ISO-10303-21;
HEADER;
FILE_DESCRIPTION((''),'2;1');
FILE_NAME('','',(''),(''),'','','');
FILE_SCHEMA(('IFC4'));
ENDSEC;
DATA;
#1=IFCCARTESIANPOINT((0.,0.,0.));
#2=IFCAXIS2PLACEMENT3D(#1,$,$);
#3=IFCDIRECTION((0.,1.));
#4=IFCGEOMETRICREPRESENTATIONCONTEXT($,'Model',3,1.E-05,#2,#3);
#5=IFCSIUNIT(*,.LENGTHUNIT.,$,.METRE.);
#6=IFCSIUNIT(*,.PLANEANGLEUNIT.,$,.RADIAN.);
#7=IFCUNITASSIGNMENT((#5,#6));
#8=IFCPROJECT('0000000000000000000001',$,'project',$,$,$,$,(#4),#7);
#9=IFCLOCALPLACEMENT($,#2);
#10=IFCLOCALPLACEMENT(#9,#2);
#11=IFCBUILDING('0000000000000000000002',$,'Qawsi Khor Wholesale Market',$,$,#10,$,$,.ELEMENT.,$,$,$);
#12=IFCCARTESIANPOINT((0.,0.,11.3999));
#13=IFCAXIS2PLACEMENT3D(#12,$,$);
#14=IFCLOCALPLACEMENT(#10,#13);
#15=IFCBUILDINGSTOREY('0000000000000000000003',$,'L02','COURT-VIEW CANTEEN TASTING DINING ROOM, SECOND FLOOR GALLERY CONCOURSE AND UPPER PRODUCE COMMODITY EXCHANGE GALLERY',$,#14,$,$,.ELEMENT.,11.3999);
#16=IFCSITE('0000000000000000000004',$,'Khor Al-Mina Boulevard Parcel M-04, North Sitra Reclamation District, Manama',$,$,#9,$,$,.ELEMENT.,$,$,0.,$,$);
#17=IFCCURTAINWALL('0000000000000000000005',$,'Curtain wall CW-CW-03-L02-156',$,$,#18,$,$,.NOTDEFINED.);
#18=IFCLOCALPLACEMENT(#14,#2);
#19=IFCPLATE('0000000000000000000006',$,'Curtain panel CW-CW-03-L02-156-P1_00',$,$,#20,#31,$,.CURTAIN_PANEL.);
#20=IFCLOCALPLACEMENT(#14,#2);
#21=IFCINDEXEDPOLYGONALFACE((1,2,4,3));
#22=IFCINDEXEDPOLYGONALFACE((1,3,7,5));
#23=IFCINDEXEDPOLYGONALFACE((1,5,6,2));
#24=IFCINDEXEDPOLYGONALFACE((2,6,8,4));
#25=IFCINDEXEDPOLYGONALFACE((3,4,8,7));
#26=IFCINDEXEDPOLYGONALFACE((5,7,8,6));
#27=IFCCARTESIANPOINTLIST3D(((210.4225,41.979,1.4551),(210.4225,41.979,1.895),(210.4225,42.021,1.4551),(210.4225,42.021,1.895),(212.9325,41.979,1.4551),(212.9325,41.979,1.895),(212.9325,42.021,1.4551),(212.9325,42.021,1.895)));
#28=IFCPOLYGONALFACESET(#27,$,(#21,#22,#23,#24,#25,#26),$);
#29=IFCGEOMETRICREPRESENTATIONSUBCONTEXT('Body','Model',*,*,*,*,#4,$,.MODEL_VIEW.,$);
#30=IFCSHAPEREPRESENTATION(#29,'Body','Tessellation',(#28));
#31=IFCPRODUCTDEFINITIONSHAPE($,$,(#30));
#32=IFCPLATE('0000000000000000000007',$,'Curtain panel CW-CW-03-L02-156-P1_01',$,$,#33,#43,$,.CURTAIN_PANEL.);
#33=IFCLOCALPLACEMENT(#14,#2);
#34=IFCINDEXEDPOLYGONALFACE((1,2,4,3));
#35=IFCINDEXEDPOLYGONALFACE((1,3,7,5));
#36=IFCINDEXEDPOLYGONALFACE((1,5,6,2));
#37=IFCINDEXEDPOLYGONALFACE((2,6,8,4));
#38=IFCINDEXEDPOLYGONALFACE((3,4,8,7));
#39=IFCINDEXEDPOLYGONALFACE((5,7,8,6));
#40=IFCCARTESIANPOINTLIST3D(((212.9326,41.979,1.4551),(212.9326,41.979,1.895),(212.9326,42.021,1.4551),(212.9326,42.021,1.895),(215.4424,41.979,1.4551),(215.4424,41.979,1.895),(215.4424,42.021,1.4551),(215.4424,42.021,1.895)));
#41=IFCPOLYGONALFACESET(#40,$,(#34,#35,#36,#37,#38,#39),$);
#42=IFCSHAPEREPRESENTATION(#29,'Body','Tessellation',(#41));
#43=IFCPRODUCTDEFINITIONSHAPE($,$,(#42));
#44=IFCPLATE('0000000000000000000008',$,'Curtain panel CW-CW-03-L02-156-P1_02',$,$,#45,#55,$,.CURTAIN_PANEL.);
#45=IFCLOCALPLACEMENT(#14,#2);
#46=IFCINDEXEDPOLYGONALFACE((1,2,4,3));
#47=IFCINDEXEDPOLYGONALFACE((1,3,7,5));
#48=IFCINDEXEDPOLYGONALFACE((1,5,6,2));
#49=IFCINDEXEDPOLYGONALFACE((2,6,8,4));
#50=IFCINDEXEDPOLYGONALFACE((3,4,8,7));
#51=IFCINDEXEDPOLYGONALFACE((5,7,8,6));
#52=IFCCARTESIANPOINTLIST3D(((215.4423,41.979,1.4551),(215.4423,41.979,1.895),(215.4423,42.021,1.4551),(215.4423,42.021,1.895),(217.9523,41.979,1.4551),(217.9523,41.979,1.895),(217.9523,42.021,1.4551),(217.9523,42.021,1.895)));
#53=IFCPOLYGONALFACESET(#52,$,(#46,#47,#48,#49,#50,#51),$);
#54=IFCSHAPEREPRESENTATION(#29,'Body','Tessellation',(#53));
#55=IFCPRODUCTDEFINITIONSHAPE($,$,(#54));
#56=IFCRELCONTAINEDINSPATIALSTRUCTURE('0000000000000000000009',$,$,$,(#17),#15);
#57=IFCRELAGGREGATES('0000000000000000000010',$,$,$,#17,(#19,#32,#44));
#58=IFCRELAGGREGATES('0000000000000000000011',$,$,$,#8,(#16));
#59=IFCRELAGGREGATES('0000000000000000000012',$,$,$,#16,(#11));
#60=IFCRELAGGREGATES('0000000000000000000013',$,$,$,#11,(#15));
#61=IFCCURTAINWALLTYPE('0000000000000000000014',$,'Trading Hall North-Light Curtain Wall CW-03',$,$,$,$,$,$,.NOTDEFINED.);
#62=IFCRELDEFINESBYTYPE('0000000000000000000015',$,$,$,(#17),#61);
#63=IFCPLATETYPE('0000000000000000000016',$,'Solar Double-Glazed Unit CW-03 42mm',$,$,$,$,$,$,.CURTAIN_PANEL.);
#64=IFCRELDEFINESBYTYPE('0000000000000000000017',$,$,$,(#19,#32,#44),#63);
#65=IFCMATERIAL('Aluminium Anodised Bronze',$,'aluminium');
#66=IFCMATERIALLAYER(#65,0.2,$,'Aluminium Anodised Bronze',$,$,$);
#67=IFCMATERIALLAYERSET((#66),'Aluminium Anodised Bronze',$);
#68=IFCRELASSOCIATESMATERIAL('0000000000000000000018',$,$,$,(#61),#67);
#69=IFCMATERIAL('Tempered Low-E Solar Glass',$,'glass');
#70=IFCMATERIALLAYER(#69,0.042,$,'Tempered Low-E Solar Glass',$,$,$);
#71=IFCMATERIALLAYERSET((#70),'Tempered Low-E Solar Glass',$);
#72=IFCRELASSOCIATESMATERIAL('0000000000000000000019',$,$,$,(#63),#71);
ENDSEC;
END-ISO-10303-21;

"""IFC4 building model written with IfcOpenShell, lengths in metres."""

from ifc_helpers import new_model, si_unit, direction, frame, frame_2d, origin, place, context, subcontext, project, spatial, rectangle, extrude, material, layer, layer_set, type_object, element, aggregate, save


model = new_model("IFC4")

# Units and contexts
model_context = context("Model", 3, precision=1e-05, world=origin(), true_north=direction((0.0, 1.0)))
body_context = subcontext(model_context, "Body", "Model", "MODEL_VIEW")
ifc_project = project(units=[si_unit("LENGTHUNIT", "METRE"), si_unit("PLANEANGLEUNIT", "RADIAN")], contexts=[model_context])

# Site, building, storey
site_placement = place(None, origin())
site = spatial("IfcSite", under=ifc_project, at=site_placement, Name="Khor Al-Mina Boulevard Parcel M-04, North Sitra Reclamation District, Manama", CompositionType="ELEMENT", RefElevation=0.0)
building_placement = place(site_placement, origin())
building = spatial("IfcBuilding", under=site, at=building_placement, Name="Qawsi Khor Wholesale Market", CompositionType="ELEMENT")
storey_placement = place(building_placement, frame((0.0, 0.0, 11.3999)))
storey = spatial("IfcBuildingStorey", under=building, at=storey_placement, Name="L02", Description="COURT-VIEW CANTEEN TASTING DINING ROOM, SECOND FLOOR GALLERY CONCOURSE AND UPPER PRODUCE COMMODITY EXCHANGE GALLERY", CompositionType="ELEMENT", Elevation=11.3999)

# Curtain wall
ifc_material_1 = material(Name="Aluminium Anodised Bronze", Category="aluminium")
ifc_layer_1 = layer(ifc_material_1, 0.2, Name="Aluminium Anodised Bronze")
ifc_layer_set_1 = layer_set([ifc_layer_1], Name="Aluminium Anodised Bronze")
curtain_wall_type = type_object("IfcCurtainWallType", Name="Trading Hall North-Light Curtain Wall CW-03", PredefinedType="NOTDEFINED", material=ifc_layer_set_1)
curtain_wall_placement = place(storey_placement, origin())
curtain_wall = element("IfcCurtainWall", 1, at=curtain_wall_placement, inside=storey, type_object=curtain_wall_type, Name="Curtain wall CW-CW-03-L02-156", PredefinedType="NOTDEFINED")

# Plates
ifc_material_2 = material(Name="Tempered Low-E Solar Glass", Category="glass")
ifc_layer_2 = layer(ifc_material_2, 0.042, Name="Tempered Low-E Solar Glass")
ifc_layer_set_2 = layer_set([ifc_layer_2], Name="Tempered Low-E Solar Glass")
plate_type = type_object("IfcPlateType", Name="Solar Double-Glazed Unit CW-03 42mm", PredefinedType="CURTAIN_PANEL", material=ifc_layer_set_2)
plate_1_placement = place(storey_placement, frame((210.4226, 42.0, 1.4551), z_axis=(0.0, 0.0, 1.0), x_axis=(1.0, 0.0, 0.0)))
plate_1 = element("IfcPlate", 2, at=plate_1_placement, type_object=plate_type, Name="Curtain panel CW-CW-03-L02-156-P1_00", PredefinedType="CURTAIN_PANEL", context=body_context, shape_type="SweptSolid", body=[
    extrude(rectangle(XDim=2.51, YDim=0.042, at=frame_2d((1.2549, 0.0))), origin(), (0.0, 0.0, 1.0), 0.4399),
])
plate_2_placement = place(storey_placement, frame((212.9326, 42.0, 1.4551), z_axis=(0.0, 0.0, 1.0), x_axis=(1.0, 0.0, 0.0)))
plate_2 = element("IfcPlate", 3, at=plate_2_placement, type_object=plate_type, Name="Curtain panel CW-CW-03-L02-156-P1_01", PredefinedType="CURTAIN_PANEL", context=body_context, shape_type="SweptSolid", body=[
    extrude(rectangle(XDim=2.5098, YDim=0.042, at=frame_2d((1.2549, 0.0))), origin(), (0.0, 0.0, 1.0), 0.4399),
])
plate_3_placement = place(storey_placement, frame((215.4424, 42.0, 1.4551), z_axis=(0.0, 0.0, 1.0), x_axis=(1.0, 0.0, 0.0)))
plate_3 = element("IfcPlate", 4, at=plate_3_placement, type_object=plate_type, Name="Curtain panel CW-CW-03-L02-156-P1_02", PredefinedType="CURTAIN_PANEL", context=body_context, shape_type="SweptSolid", body=[
    extrude(rectangle(XDim=2.51, YDim=0.042, at=frame_2d((1.2549, 0.0))), origin(), (0.0, 0.0, 1.0), 0.4399),
])
aggregate(curtain_wall, [plate_1, plate_2, plate_3])

save(model, "model.ifc")
